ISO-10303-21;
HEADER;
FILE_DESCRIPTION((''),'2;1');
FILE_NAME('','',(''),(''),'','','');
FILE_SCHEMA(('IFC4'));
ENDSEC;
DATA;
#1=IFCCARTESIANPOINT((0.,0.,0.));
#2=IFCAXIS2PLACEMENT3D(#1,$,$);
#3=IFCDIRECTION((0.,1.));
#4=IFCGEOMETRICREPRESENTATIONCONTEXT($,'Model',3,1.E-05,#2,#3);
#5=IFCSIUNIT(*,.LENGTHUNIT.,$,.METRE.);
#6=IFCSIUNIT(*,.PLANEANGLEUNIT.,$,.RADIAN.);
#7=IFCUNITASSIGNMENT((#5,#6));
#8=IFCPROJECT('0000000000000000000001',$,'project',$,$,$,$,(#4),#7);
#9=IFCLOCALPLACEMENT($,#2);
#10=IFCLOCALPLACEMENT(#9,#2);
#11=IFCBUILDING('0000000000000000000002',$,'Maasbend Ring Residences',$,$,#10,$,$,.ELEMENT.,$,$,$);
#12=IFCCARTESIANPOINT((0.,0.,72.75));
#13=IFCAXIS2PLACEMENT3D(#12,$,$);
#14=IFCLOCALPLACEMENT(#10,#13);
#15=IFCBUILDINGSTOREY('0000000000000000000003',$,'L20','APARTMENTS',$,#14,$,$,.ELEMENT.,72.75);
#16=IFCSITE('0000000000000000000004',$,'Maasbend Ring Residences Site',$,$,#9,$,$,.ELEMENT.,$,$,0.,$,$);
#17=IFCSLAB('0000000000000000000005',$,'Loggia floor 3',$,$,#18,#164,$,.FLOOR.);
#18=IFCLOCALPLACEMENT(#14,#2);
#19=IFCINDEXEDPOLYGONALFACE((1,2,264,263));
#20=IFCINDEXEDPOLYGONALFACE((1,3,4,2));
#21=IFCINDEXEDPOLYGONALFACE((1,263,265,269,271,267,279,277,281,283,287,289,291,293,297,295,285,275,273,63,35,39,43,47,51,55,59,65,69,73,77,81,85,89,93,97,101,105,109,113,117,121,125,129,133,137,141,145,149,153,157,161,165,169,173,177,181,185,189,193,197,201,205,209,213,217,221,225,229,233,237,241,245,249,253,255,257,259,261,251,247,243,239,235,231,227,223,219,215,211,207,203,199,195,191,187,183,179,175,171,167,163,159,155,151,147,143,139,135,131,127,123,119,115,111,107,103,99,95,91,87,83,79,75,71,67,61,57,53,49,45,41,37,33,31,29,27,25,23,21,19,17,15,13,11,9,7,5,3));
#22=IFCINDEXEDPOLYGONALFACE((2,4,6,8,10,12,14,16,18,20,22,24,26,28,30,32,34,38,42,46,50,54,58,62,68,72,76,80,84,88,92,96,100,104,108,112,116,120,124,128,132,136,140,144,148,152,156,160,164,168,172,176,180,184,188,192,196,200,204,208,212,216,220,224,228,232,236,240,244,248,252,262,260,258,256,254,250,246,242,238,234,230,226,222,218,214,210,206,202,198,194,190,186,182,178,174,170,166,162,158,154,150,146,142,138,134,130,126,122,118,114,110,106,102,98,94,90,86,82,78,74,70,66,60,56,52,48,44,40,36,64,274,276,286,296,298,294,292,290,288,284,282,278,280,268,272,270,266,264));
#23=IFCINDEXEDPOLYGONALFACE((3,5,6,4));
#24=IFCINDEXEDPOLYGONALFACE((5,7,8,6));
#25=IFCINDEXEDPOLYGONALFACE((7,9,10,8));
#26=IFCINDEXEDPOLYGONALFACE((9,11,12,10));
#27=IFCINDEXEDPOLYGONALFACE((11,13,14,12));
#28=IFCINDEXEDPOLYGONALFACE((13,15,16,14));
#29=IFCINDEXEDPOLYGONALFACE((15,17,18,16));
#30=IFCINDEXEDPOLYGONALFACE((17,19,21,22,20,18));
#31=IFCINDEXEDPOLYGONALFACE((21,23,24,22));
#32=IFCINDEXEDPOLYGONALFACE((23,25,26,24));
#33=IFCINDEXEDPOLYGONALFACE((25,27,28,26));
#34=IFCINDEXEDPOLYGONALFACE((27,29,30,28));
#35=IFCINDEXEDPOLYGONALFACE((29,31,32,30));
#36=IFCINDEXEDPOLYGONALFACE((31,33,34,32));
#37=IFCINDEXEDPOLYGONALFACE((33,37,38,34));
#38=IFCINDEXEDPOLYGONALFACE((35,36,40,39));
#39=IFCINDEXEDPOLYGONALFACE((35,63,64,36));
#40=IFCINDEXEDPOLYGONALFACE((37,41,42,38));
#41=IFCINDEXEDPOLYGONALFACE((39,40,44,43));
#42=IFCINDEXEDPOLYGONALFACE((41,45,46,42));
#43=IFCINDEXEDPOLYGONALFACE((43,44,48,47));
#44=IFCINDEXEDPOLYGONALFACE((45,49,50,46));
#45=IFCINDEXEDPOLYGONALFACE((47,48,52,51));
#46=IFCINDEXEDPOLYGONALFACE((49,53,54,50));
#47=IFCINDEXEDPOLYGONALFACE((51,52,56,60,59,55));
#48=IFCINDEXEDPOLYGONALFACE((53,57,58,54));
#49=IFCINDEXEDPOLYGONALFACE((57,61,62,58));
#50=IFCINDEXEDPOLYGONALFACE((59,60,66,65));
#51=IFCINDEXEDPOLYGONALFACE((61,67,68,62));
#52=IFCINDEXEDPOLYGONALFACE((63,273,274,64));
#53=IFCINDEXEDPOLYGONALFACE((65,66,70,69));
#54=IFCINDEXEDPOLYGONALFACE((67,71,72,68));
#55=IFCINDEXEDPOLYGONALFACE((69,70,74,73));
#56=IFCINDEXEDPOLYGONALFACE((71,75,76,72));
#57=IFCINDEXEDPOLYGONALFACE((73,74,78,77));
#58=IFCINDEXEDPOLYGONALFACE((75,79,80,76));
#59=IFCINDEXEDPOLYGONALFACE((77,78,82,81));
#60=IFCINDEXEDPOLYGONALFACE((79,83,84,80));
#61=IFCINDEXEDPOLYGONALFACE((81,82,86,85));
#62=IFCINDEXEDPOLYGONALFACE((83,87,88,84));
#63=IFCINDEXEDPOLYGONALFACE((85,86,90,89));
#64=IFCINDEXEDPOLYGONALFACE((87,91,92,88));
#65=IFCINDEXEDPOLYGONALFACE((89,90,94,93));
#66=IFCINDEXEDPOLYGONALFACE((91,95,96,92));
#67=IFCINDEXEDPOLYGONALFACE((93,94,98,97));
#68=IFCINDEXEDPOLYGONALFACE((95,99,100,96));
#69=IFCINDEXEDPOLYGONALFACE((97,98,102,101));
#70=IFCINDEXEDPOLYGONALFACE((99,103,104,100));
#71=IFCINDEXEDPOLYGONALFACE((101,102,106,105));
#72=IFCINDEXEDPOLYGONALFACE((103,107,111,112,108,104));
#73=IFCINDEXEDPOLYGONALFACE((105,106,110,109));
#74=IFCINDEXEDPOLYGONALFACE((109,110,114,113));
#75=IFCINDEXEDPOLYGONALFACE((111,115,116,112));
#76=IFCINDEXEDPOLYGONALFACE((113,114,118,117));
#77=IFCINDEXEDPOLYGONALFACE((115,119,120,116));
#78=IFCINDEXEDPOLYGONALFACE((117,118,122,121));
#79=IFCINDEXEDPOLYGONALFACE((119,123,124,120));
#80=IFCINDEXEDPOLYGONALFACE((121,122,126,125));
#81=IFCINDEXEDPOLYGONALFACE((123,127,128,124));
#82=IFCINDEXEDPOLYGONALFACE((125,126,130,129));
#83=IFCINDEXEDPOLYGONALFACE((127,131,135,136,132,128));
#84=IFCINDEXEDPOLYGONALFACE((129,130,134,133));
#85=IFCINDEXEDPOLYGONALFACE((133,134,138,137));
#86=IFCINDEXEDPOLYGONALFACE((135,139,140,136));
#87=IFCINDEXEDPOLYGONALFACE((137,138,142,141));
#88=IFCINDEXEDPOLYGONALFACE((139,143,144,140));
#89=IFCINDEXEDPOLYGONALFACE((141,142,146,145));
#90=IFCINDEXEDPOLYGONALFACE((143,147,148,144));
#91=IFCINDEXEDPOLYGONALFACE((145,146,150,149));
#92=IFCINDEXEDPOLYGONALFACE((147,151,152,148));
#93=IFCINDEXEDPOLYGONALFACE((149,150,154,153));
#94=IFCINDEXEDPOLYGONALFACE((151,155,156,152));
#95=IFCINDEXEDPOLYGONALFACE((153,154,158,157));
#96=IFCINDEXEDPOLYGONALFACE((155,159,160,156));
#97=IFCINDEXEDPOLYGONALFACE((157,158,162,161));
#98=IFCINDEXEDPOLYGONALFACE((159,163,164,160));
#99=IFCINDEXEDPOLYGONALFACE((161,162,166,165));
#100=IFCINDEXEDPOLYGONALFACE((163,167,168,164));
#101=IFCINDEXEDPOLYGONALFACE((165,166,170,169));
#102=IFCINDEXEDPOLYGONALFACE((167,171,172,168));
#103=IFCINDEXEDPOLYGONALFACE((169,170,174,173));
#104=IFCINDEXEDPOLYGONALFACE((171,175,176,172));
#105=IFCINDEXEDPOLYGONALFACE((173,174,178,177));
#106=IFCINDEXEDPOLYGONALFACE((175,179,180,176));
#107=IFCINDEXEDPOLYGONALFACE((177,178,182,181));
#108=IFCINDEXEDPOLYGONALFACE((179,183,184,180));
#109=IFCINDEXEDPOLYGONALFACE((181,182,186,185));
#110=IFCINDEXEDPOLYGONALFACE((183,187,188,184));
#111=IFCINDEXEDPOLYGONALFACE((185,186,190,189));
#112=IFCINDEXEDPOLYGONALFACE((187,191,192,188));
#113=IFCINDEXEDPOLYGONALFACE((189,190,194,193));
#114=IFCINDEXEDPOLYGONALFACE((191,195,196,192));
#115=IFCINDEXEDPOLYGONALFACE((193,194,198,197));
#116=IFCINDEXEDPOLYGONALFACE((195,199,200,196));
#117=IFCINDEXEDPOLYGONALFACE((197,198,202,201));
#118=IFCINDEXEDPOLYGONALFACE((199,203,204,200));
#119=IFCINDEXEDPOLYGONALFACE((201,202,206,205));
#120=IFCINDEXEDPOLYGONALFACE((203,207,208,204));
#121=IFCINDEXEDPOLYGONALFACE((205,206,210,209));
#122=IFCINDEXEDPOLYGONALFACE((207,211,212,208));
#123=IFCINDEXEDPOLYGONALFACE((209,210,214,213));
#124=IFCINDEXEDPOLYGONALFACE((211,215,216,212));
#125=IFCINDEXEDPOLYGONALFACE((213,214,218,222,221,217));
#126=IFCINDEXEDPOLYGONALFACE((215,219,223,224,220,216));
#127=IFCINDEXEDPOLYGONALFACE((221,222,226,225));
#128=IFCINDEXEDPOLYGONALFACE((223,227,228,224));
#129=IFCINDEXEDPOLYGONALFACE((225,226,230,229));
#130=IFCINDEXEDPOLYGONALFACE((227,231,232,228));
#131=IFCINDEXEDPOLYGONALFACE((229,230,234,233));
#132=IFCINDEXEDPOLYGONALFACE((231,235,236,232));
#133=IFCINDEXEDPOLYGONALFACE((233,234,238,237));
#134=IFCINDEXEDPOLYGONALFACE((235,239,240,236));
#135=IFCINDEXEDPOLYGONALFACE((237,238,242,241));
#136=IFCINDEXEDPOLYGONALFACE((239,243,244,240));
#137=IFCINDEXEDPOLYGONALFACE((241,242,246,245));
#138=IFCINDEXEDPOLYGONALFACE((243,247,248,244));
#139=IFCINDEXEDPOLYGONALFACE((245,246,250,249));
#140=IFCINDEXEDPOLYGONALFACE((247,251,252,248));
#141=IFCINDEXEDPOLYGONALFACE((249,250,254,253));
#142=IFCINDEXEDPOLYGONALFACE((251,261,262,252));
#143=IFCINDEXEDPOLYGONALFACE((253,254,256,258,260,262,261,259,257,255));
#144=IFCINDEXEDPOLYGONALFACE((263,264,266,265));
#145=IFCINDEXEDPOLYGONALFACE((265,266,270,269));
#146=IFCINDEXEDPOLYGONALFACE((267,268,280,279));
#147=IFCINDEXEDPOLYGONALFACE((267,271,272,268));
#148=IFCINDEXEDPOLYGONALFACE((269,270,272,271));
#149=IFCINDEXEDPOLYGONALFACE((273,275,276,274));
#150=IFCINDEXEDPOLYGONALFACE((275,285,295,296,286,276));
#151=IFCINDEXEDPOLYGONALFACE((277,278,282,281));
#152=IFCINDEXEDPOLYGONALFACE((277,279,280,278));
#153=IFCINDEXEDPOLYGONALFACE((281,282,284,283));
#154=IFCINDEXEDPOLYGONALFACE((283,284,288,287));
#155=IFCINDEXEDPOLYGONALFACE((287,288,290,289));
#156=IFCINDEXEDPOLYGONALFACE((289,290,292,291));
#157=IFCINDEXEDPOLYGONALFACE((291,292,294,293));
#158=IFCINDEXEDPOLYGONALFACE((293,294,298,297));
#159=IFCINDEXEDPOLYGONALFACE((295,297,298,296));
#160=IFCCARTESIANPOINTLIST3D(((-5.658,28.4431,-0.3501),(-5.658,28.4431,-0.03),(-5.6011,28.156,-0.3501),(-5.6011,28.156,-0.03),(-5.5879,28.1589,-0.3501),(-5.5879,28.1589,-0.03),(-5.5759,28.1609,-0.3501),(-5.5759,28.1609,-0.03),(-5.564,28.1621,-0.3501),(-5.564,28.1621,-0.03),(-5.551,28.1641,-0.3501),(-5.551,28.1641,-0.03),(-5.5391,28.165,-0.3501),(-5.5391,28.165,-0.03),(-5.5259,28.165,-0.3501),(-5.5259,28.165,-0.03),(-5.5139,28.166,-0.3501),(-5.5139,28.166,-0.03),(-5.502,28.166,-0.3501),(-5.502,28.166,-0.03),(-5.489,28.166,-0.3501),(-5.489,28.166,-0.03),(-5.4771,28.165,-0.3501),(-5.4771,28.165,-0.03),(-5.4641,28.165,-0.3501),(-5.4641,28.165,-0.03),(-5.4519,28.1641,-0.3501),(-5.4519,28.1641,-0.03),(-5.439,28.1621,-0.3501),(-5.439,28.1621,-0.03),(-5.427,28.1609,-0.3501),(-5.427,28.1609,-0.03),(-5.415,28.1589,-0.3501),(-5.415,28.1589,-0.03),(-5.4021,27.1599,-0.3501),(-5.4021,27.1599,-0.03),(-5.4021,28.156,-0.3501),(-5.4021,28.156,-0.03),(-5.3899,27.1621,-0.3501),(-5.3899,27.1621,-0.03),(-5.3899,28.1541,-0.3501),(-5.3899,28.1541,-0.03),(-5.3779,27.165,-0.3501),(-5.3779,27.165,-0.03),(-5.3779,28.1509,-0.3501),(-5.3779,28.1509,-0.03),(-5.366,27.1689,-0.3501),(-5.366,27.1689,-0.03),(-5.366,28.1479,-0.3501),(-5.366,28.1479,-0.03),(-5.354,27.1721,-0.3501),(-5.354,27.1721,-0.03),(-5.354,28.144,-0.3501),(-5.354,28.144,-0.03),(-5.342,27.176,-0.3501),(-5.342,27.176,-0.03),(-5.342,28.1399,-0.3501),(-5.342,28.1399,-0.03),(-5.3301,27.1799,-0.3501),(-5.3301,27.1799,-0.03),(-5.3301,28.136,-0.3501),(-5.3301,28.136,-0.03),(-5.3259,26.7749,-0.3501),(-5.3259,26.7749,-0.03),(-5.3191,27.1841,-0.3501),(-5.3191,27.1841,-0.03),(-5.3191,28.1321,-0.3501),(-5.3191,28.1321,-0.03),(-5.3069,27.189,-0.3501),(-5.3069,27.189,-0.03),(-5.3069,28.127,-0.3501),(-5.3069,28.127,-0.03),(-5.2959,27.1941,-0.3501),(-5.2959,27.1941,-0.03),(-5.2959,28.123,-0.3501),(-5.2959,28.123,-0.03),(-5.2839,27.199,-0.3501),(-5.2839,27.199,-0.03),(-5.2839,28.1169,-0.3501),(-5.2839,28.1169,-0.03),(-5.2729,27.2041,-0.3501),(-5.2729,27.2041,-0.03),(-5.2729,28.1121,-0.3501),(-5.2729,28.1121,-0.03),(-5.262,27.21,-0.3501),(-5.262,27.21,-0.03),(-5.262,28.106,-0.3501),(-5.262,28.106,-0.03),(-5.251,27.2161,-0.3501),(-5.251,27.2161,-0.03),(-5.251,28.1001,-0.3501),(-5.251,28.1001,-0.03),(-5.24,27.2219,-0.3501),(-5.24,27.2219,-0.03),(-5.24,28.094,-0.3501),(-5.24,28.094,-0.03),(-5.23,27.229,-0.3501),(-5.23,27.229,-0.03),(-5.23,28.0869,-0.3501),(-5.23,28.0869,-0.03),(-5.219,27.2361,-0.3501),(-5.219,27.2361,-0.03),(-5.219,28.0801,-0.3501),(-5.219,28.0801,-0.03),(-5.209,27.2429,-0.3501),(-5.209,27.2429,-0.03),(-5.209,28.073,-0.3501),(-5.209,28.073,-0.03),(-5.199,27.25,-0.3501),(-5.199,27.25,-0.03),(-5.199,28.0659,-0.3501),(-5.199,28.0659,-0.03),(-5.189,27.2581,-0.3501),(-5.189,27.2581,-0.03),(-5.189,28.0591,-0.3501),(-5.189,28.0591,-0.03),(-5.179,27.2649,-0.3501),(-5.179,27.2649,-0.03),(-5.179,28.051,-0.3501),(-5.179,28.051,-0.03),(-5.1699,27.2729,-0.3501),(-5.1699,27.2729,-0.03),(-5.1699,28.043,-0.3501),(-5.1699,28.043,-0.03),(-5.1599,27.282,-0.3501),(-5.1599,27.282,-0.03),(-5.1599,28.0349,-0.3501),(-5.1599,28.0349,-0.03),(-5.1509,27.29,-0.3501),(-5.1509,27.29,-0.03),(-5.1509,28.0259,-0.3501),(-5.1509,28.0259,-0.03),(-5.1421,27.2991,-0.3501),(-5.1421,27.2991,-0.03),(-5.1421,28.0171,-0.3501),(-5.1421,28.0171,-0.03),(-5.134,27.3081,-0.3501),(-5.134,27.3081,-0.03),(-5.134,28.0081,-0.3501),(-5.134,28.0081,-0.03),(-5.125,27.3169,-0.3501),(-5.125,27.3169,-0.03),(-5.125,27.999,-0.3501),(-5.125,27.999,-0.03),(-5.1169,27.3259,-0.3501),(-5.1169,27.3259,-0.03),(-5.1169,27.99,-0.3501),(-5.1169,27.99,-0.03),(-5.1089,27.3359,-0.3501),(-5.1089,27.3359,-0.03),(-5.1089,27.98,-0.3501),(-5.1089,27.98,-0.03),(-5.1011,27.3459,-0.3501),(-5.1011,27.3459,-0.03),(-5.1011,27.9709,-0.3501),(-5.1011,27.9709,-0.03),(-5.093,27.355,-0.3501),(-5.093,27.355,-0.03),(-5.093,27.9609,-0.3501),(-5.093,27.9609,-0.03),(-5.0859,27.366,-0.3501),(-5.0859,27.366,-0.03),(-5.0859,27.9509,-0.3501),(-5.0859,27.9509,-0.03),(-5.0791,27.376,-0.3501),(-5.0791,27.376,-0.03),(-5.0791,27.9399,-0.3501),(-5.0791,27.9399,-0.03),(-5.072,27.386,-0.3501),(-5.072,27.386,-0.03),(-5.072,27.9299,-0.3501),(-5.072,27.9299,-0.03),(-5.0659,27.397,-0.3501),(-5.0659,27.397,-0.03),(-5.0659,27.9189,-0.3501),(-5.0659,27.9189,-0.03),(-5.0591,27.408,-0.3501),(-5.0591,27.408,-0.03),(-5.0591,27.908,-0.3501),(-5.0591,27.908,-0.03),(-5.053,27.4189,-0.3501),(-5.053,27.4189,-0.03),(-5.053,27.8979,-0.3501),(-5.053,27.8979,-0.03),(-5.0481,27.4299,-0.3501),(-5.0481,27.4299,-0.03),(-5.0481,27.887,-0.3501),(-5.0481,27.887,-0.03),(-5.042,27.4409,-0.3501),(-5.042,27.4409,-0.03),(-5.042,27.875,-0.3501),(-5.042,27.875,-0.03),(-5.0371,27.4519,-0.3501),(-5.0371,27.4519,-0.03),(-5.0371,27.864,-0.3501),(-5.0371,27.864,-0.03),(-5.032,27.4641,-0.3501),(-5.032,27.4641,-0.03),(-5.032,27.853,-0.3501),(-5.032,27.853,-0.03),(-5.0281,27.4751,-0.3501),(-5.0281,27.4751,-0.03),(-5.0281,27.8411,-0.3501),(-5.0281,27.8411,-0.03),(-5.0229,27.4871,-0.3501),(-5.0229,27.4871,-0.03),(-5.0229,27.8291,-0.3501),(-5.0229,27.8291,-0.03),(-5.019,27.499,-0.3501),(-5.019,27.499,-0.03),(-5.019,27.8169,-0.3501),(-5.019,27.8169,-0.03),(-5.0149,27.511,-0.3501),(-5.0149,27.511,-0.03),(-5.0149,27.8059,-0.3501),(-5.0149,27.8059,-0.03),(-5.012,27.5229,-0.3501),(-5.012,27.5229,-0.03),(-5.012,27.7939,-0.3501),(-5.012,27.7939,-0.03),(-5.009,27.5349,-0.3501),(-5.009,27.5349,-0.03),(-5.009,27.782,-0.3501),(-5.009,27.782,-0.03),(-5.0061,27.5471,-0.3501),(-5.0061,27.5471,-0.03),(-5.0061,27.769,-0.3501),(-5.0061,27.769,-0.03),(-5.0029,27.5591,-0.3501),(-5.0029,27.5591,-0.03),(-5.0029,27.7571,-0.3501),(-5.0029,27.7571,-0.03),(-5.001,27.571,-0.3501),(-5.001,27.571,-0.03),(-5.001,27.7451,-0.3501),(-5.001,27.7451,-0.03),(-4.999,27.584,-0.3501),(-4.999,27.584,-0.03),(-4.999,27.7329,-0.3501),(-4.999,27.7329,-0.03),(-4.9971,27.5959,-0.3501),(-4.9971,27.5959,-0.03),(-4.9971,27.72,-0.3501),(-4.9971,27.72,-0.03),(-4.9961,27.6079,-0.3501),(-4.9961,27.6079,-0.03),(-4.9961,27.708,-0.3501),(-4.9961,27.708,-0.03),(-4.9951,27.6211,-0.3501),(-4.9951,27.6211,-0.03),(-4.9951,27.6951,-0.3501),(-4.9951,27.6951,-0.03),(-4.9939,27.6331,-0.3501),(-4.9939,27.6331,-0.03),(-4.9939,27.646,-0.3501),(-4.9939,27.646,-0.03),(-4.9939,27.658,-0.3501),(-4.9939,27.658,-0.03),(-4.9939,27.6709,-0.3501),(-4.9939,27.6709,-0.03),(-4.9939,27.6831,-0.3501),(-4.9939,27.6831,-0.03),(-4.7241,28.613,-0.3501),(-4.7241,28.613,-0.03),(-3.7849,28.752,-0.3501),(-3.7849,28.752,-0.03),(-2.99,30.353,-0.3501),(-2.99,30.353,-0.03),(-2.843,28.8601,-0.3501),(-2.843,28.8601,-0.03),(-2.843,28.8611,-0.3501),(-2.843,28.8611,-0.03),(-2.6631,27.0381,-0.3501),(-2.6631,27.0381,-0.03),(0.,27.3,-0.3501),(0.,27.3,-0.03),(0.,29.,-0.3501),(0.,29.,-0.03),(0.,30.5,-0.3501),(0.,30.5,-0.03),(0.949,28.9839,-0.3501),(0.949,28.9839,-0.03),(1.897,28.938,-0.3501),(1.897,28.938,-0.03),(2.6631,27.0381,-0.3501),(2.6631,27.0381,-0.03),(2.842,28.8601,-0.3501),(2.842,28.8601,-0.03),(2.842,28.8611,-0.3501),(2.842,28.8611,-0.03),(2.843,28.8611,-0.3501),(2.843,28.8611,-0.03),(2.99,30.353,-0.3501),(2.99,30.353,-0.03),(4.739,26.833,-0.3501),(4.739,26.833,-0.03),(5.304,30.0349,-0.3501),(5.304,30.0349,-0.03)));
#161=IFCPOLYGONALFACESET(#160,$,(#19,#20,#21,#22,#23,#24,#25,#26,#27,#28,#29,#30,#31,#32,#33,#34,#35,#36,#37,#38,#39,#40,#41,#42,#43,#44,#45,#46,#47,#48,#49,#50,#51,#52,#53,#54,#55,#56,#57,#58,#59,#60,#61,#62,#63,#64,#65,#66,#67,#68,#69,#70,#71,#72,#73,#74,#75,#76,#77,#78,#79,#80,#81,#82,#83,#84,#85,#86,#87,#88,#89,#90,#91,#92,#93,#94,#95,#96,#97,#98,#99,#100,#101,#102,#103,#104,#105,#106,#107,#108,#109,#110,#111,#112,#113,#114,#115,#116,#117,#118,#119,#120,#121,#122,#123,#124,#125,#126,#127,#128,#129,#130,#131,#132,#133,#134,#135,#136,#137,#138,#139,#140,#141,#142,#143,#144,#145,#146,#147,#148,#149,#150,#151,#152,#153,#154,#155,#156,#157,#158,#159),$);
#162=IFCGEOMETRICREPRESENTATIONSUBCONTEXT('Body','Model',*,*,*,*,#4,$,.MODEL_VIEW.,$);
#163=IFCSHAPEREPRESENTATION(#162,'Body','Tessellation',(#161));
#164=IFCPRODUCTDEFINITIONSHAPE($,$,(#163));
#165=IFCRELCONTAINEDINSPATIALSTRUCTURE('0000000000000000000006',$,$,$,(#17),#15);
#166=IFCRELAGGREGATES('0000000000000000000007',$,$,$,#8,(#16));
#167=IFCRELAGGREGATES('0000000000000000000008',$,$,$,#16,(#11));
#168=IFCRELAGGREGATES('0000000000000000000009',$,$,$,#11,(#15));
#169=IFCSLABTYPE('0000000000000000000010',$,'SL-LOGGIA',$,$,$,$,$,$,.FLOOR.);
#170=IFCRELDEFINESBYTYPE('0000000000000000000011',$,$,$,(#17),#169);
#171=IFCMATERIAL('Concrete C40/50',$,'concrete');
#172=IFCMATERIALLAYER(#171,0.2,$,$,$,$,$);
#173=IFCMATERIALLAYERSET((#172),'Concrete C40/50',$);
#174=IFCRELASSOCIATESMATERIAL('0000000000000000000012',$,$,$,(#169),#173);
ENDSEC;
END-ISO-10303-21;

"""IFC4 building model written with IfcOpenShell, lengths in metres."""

from ifc_helpers import new_model, si_unit, direction, frame, origin, place, context, subcontext, project, spatial, polyline, outline, extrude, material, layer, layer_set, type_object, element, save


model = new_model("IFC4")

# Units and contexts
model_context = context("Model", 3, precision=1e-05, world=origin(), true_north=direction((0.0, 1.0)))
body_context = subcontext(model_context, "Body", "Model", "MODEL_VIEW")
ifc_project = project(units=[si_unit("LENGTHUNIT", "METRE"), si_unit("PLANEANGLEUNIT", "RADIAN")], contexts=[model_context])

# Site, building, storey
site_placement = place(None, origin())
site = spatial("IfcSite", under=ifc_project, at=site_placement, Name="Maasbend Ring Residences Site", CompositionType="ELEMENT", RefElevation=0.0)
building_placement = place(site_placement, origin())
building = spatial("IfcBuilding", under=site, at=building_placement, Name="Maasbend Ring Residences", CompositionType="ELEMENT")
storey_placement = place(building_placement, frame((0.0, 0.0, 72.75)))
storey = spatial("IfcBuildingStorey", under=building, at=storey_placement, Name="L20", Description="APARTMENTS", CompositionType="ELEMENT", Elevation=72.75)

# Slab
ifc_material_1 = material(Name="Concrete C40/50", Category="concrete")
ifc_layer_1 = layer(ifc_material_1, 0.2)
ifc_layer_set_1 = layer_set([ifc_layer_1], Name="Concrete C40/50")
slab_type_1 = type_object("IfcSlabType", Name="SL-LOGGIA", PredefinedType="FLOOR", material=ifc_layer_set_1)
slab_1_placement = place(storey_placement, frame((0.0, 0.0, -0.3501)))
element("IfcSlab", 1, at=slab_1_placement, inside=storey, type_object=slab_type_1, Name="Loggia floor 3", PredefinedType="FLOOR", context=body_context, shape_type="SweptSolid", body=[
    extrude(outline(polyline([(-3.7849, 28.752), (-2.843, 28.8601), (-2.843, 28.8601), (-2.843, 28.8601), (-2.843, 28.8601), (-2.843, 28.8601), (-2.843, 28.8601), (-2.843, 28.8601), (-2.843, 28.8601), (-2.843, 28.8601), (-2.843, 28.8611), (-2.843, 28.8611), (-2.843, 28.8611), (-2.843, 28.8611), (-2.843, 28.8611), (-2.843, 28.8611), (-2.843, 28.8611), (-2.843, 28.8611), (-2.99, 30.353), (-2.99, 30.353), (-2.99, 30.353), (0.0, 30.5), (0.0, 30.5), (0.0, 30.5), (0.0, 29.0), (0.0, 29.0), (0.0, 29.0), (0.0, 29.0), (0.0, 29.0), (0.0, 29.0), (0.0, 29.0), (0.0, 29.0), (0.0, 29.0), (0.0, 29.0), (0.0, 29.0), (0.0, 29.0), (0.0, 29.0), (0.0, 29.0), (0.0, 29.0), (0.0, 29.0), (0.0, 29.0), (0.949, 28.9839), (0.949, 28.9839), (1.897, 28.938), (1.897, 28.938), (2.842, 28.8601), (2.842, 28.8601), (2.842, 28.8601), (2.842, 28.8601), (2.842, 28.8601), (2.842, 28.8601), (2.842, 28.8601), (2.842, 28.8601), (2.842, 28.8611), (2.842, 28.8611), (2.842, 28.8611), (2.842, 28.8611), (2.842, 28.8611), (2.843, 28.8611), (2.843, 28.8611), (2.843, 28.8611), (2.843, 28.8611), (2.99, 30.353), (2.99, 30.353), (2.99, 30.353), (5.304, 30.0349), (5.304, 30.0349), (5.304, 30.0349), (4.739, 26.833), (4.739, 26.833), (4.739, 26.833), (2.6631, 27.0381), (0.0, 27.3), (0.0, 27.3), (0.0, 27.3), (-2.6631, 27.0381), (-5.3259, 26.7749), (-5.3259, 26.7749), (-5.3259, 26.7749), (-5.4021, 27.1599), (-5.4021, 27.1599), (-5.3899, 27.1621), (-5.3779, 27.165), (-5.366, 27.1689), (-5.354, 27.1721), (-5.342, 27.176), (-5.3301, 27.1799), (-5.3191, 27.1841), (-5.3069, 27.189), (-5.2959, 27.1941), (-5.2839, 27.199), (-5.2729, 27.2041), (-5.262, 27.21), (-5.251, 27.2161), (-5.24, 27.2219), (-5.23, 27.229), (-5.219, 27.2361), (-5.209, 27.2429), (-5.199, 27.25), (-5.189, 27.2581), (-5.179, 27.2649), (-5.1699, 27.2729), (-5.1599, 27.282), (-5.1509, 27.29), (-5.1421, 27.2991), (-5.134, 27.3081), (-5.125, 27.3169), (-5.1169, 27.3259), (-5.1089, 27.3359), (-5.1011, 27.3459), (-5.093, 27.355), (-5.0859, 27.366), (-5.0791, 27.376), (-5.072, 27.386), (-5.0659, 27.397), (-5.0591, 27.408), (-5.053, 27.4189), (-5.0481, 27.4299), (-5.042, 27.4409), (-5.0371, 27.4519), (-5.032, 27.4641), (-5.0281, 27.4751), (-5.0229, 27.4871), (-5.019, 27.499), (-5.0149, 27.511), (-5.012, 27.5229), (-5.009, 27.5349), (-5.0061, 27.5471), (-5.0029, 27.5591), (-5.001, 27.571), (-4.999, 27.584), (-4.9971, 27.5959), (-4.9961, 27.6079), (-4.9951, 27.6211), (-4.9939, 27.6331), (-4.9939, 27.646), (-4.9939, 27.658), (-4.9939, 27.6709), (-4.9939, 27.6831), (-4.9951, 27.6951), (-4.9961, 27.708), (-4.9971, 27.72), (-4.999, 27.7329), (-5.001, 27.7451), (-5.0029, 27.7571), (-5.0061, 27.769), (-5.009, 27.782), (-5.012, 27.7939), (-5.0149, 27.8059), (-5.019, 27.8169), (-5.0229, 27.8291), (-5.0281, 27.8411), (-5.032, 27.853), (-5.0371, 27.864), (-5.042, 27.875), (-5.0481, 27.887), (-5.053, 27.8979), (-5.0591, 27.908), (-5.0659, 27.9189), (-5.072, 27.9299), (-5.0791, 27.9399), (-5.0859, 27.9509), (-5.093, 27.9609), (-5.1011, 27.9709), (-5.1089, 27.98), (-5.1169, 27.99), (-5.125, 27.999), (-5.134, 28.0081), (-5.1421, 28.0171), (-5.1509, 28.0259), (-5.1599, 28.0349), (-5.1699, 28.043), (-5.179, 28.051), (-5.189, 28.0591), (-5.199, 28.0659), (-5.209, 28.073), (-5.219, 28.0801), (-5.23, 28.0869), (-5.24, 28.094), (-5.251, 28.1001), (-5.262, 28.106), (-5.2729, 28.1121), (-5.2839, 28.1169), (-5.2959, 28.123), (-5.3069, 28.127), (-5.3191, 28.1321), (-5.3301, 28.136), (-5.342, 28.1399), (-5.354, 28.144), (-5.366, 28.1479), (-5.3779, 28.1509), (-5.3899, 28.1541), (-5.4021, 28.156), (-5.415, 28.1589), (-5.427, 28.1609), (-5.439, 28.1621), (-5.4519, 28.1641), (-5.4641, 28.165), (-5.4771, 28.165), (-5.489, 28.166), (-5.502, 28.166), (-5.5139, 28.166), (-5.5259, 28.165), (-5.5391, 28.165), (-5.551, 28.1641), (-5.564, 28.1621), (-5.5759, 28.1609), (-5.5879, 28.1589), (-5.6011, 28.156), (-5.6011, 28.156), (-5.658, 28.4431), (-5.658, 28.4431), (-5.658, 28.4431), (-4.7241, 28.613), (-4.7241, 28.613), (-3.7849, 28.752), (-3.7849, 28.752)])), origin(), (0.0, 0.0, 1.0), 0.3201),
])

save(model, "model.ifc")
